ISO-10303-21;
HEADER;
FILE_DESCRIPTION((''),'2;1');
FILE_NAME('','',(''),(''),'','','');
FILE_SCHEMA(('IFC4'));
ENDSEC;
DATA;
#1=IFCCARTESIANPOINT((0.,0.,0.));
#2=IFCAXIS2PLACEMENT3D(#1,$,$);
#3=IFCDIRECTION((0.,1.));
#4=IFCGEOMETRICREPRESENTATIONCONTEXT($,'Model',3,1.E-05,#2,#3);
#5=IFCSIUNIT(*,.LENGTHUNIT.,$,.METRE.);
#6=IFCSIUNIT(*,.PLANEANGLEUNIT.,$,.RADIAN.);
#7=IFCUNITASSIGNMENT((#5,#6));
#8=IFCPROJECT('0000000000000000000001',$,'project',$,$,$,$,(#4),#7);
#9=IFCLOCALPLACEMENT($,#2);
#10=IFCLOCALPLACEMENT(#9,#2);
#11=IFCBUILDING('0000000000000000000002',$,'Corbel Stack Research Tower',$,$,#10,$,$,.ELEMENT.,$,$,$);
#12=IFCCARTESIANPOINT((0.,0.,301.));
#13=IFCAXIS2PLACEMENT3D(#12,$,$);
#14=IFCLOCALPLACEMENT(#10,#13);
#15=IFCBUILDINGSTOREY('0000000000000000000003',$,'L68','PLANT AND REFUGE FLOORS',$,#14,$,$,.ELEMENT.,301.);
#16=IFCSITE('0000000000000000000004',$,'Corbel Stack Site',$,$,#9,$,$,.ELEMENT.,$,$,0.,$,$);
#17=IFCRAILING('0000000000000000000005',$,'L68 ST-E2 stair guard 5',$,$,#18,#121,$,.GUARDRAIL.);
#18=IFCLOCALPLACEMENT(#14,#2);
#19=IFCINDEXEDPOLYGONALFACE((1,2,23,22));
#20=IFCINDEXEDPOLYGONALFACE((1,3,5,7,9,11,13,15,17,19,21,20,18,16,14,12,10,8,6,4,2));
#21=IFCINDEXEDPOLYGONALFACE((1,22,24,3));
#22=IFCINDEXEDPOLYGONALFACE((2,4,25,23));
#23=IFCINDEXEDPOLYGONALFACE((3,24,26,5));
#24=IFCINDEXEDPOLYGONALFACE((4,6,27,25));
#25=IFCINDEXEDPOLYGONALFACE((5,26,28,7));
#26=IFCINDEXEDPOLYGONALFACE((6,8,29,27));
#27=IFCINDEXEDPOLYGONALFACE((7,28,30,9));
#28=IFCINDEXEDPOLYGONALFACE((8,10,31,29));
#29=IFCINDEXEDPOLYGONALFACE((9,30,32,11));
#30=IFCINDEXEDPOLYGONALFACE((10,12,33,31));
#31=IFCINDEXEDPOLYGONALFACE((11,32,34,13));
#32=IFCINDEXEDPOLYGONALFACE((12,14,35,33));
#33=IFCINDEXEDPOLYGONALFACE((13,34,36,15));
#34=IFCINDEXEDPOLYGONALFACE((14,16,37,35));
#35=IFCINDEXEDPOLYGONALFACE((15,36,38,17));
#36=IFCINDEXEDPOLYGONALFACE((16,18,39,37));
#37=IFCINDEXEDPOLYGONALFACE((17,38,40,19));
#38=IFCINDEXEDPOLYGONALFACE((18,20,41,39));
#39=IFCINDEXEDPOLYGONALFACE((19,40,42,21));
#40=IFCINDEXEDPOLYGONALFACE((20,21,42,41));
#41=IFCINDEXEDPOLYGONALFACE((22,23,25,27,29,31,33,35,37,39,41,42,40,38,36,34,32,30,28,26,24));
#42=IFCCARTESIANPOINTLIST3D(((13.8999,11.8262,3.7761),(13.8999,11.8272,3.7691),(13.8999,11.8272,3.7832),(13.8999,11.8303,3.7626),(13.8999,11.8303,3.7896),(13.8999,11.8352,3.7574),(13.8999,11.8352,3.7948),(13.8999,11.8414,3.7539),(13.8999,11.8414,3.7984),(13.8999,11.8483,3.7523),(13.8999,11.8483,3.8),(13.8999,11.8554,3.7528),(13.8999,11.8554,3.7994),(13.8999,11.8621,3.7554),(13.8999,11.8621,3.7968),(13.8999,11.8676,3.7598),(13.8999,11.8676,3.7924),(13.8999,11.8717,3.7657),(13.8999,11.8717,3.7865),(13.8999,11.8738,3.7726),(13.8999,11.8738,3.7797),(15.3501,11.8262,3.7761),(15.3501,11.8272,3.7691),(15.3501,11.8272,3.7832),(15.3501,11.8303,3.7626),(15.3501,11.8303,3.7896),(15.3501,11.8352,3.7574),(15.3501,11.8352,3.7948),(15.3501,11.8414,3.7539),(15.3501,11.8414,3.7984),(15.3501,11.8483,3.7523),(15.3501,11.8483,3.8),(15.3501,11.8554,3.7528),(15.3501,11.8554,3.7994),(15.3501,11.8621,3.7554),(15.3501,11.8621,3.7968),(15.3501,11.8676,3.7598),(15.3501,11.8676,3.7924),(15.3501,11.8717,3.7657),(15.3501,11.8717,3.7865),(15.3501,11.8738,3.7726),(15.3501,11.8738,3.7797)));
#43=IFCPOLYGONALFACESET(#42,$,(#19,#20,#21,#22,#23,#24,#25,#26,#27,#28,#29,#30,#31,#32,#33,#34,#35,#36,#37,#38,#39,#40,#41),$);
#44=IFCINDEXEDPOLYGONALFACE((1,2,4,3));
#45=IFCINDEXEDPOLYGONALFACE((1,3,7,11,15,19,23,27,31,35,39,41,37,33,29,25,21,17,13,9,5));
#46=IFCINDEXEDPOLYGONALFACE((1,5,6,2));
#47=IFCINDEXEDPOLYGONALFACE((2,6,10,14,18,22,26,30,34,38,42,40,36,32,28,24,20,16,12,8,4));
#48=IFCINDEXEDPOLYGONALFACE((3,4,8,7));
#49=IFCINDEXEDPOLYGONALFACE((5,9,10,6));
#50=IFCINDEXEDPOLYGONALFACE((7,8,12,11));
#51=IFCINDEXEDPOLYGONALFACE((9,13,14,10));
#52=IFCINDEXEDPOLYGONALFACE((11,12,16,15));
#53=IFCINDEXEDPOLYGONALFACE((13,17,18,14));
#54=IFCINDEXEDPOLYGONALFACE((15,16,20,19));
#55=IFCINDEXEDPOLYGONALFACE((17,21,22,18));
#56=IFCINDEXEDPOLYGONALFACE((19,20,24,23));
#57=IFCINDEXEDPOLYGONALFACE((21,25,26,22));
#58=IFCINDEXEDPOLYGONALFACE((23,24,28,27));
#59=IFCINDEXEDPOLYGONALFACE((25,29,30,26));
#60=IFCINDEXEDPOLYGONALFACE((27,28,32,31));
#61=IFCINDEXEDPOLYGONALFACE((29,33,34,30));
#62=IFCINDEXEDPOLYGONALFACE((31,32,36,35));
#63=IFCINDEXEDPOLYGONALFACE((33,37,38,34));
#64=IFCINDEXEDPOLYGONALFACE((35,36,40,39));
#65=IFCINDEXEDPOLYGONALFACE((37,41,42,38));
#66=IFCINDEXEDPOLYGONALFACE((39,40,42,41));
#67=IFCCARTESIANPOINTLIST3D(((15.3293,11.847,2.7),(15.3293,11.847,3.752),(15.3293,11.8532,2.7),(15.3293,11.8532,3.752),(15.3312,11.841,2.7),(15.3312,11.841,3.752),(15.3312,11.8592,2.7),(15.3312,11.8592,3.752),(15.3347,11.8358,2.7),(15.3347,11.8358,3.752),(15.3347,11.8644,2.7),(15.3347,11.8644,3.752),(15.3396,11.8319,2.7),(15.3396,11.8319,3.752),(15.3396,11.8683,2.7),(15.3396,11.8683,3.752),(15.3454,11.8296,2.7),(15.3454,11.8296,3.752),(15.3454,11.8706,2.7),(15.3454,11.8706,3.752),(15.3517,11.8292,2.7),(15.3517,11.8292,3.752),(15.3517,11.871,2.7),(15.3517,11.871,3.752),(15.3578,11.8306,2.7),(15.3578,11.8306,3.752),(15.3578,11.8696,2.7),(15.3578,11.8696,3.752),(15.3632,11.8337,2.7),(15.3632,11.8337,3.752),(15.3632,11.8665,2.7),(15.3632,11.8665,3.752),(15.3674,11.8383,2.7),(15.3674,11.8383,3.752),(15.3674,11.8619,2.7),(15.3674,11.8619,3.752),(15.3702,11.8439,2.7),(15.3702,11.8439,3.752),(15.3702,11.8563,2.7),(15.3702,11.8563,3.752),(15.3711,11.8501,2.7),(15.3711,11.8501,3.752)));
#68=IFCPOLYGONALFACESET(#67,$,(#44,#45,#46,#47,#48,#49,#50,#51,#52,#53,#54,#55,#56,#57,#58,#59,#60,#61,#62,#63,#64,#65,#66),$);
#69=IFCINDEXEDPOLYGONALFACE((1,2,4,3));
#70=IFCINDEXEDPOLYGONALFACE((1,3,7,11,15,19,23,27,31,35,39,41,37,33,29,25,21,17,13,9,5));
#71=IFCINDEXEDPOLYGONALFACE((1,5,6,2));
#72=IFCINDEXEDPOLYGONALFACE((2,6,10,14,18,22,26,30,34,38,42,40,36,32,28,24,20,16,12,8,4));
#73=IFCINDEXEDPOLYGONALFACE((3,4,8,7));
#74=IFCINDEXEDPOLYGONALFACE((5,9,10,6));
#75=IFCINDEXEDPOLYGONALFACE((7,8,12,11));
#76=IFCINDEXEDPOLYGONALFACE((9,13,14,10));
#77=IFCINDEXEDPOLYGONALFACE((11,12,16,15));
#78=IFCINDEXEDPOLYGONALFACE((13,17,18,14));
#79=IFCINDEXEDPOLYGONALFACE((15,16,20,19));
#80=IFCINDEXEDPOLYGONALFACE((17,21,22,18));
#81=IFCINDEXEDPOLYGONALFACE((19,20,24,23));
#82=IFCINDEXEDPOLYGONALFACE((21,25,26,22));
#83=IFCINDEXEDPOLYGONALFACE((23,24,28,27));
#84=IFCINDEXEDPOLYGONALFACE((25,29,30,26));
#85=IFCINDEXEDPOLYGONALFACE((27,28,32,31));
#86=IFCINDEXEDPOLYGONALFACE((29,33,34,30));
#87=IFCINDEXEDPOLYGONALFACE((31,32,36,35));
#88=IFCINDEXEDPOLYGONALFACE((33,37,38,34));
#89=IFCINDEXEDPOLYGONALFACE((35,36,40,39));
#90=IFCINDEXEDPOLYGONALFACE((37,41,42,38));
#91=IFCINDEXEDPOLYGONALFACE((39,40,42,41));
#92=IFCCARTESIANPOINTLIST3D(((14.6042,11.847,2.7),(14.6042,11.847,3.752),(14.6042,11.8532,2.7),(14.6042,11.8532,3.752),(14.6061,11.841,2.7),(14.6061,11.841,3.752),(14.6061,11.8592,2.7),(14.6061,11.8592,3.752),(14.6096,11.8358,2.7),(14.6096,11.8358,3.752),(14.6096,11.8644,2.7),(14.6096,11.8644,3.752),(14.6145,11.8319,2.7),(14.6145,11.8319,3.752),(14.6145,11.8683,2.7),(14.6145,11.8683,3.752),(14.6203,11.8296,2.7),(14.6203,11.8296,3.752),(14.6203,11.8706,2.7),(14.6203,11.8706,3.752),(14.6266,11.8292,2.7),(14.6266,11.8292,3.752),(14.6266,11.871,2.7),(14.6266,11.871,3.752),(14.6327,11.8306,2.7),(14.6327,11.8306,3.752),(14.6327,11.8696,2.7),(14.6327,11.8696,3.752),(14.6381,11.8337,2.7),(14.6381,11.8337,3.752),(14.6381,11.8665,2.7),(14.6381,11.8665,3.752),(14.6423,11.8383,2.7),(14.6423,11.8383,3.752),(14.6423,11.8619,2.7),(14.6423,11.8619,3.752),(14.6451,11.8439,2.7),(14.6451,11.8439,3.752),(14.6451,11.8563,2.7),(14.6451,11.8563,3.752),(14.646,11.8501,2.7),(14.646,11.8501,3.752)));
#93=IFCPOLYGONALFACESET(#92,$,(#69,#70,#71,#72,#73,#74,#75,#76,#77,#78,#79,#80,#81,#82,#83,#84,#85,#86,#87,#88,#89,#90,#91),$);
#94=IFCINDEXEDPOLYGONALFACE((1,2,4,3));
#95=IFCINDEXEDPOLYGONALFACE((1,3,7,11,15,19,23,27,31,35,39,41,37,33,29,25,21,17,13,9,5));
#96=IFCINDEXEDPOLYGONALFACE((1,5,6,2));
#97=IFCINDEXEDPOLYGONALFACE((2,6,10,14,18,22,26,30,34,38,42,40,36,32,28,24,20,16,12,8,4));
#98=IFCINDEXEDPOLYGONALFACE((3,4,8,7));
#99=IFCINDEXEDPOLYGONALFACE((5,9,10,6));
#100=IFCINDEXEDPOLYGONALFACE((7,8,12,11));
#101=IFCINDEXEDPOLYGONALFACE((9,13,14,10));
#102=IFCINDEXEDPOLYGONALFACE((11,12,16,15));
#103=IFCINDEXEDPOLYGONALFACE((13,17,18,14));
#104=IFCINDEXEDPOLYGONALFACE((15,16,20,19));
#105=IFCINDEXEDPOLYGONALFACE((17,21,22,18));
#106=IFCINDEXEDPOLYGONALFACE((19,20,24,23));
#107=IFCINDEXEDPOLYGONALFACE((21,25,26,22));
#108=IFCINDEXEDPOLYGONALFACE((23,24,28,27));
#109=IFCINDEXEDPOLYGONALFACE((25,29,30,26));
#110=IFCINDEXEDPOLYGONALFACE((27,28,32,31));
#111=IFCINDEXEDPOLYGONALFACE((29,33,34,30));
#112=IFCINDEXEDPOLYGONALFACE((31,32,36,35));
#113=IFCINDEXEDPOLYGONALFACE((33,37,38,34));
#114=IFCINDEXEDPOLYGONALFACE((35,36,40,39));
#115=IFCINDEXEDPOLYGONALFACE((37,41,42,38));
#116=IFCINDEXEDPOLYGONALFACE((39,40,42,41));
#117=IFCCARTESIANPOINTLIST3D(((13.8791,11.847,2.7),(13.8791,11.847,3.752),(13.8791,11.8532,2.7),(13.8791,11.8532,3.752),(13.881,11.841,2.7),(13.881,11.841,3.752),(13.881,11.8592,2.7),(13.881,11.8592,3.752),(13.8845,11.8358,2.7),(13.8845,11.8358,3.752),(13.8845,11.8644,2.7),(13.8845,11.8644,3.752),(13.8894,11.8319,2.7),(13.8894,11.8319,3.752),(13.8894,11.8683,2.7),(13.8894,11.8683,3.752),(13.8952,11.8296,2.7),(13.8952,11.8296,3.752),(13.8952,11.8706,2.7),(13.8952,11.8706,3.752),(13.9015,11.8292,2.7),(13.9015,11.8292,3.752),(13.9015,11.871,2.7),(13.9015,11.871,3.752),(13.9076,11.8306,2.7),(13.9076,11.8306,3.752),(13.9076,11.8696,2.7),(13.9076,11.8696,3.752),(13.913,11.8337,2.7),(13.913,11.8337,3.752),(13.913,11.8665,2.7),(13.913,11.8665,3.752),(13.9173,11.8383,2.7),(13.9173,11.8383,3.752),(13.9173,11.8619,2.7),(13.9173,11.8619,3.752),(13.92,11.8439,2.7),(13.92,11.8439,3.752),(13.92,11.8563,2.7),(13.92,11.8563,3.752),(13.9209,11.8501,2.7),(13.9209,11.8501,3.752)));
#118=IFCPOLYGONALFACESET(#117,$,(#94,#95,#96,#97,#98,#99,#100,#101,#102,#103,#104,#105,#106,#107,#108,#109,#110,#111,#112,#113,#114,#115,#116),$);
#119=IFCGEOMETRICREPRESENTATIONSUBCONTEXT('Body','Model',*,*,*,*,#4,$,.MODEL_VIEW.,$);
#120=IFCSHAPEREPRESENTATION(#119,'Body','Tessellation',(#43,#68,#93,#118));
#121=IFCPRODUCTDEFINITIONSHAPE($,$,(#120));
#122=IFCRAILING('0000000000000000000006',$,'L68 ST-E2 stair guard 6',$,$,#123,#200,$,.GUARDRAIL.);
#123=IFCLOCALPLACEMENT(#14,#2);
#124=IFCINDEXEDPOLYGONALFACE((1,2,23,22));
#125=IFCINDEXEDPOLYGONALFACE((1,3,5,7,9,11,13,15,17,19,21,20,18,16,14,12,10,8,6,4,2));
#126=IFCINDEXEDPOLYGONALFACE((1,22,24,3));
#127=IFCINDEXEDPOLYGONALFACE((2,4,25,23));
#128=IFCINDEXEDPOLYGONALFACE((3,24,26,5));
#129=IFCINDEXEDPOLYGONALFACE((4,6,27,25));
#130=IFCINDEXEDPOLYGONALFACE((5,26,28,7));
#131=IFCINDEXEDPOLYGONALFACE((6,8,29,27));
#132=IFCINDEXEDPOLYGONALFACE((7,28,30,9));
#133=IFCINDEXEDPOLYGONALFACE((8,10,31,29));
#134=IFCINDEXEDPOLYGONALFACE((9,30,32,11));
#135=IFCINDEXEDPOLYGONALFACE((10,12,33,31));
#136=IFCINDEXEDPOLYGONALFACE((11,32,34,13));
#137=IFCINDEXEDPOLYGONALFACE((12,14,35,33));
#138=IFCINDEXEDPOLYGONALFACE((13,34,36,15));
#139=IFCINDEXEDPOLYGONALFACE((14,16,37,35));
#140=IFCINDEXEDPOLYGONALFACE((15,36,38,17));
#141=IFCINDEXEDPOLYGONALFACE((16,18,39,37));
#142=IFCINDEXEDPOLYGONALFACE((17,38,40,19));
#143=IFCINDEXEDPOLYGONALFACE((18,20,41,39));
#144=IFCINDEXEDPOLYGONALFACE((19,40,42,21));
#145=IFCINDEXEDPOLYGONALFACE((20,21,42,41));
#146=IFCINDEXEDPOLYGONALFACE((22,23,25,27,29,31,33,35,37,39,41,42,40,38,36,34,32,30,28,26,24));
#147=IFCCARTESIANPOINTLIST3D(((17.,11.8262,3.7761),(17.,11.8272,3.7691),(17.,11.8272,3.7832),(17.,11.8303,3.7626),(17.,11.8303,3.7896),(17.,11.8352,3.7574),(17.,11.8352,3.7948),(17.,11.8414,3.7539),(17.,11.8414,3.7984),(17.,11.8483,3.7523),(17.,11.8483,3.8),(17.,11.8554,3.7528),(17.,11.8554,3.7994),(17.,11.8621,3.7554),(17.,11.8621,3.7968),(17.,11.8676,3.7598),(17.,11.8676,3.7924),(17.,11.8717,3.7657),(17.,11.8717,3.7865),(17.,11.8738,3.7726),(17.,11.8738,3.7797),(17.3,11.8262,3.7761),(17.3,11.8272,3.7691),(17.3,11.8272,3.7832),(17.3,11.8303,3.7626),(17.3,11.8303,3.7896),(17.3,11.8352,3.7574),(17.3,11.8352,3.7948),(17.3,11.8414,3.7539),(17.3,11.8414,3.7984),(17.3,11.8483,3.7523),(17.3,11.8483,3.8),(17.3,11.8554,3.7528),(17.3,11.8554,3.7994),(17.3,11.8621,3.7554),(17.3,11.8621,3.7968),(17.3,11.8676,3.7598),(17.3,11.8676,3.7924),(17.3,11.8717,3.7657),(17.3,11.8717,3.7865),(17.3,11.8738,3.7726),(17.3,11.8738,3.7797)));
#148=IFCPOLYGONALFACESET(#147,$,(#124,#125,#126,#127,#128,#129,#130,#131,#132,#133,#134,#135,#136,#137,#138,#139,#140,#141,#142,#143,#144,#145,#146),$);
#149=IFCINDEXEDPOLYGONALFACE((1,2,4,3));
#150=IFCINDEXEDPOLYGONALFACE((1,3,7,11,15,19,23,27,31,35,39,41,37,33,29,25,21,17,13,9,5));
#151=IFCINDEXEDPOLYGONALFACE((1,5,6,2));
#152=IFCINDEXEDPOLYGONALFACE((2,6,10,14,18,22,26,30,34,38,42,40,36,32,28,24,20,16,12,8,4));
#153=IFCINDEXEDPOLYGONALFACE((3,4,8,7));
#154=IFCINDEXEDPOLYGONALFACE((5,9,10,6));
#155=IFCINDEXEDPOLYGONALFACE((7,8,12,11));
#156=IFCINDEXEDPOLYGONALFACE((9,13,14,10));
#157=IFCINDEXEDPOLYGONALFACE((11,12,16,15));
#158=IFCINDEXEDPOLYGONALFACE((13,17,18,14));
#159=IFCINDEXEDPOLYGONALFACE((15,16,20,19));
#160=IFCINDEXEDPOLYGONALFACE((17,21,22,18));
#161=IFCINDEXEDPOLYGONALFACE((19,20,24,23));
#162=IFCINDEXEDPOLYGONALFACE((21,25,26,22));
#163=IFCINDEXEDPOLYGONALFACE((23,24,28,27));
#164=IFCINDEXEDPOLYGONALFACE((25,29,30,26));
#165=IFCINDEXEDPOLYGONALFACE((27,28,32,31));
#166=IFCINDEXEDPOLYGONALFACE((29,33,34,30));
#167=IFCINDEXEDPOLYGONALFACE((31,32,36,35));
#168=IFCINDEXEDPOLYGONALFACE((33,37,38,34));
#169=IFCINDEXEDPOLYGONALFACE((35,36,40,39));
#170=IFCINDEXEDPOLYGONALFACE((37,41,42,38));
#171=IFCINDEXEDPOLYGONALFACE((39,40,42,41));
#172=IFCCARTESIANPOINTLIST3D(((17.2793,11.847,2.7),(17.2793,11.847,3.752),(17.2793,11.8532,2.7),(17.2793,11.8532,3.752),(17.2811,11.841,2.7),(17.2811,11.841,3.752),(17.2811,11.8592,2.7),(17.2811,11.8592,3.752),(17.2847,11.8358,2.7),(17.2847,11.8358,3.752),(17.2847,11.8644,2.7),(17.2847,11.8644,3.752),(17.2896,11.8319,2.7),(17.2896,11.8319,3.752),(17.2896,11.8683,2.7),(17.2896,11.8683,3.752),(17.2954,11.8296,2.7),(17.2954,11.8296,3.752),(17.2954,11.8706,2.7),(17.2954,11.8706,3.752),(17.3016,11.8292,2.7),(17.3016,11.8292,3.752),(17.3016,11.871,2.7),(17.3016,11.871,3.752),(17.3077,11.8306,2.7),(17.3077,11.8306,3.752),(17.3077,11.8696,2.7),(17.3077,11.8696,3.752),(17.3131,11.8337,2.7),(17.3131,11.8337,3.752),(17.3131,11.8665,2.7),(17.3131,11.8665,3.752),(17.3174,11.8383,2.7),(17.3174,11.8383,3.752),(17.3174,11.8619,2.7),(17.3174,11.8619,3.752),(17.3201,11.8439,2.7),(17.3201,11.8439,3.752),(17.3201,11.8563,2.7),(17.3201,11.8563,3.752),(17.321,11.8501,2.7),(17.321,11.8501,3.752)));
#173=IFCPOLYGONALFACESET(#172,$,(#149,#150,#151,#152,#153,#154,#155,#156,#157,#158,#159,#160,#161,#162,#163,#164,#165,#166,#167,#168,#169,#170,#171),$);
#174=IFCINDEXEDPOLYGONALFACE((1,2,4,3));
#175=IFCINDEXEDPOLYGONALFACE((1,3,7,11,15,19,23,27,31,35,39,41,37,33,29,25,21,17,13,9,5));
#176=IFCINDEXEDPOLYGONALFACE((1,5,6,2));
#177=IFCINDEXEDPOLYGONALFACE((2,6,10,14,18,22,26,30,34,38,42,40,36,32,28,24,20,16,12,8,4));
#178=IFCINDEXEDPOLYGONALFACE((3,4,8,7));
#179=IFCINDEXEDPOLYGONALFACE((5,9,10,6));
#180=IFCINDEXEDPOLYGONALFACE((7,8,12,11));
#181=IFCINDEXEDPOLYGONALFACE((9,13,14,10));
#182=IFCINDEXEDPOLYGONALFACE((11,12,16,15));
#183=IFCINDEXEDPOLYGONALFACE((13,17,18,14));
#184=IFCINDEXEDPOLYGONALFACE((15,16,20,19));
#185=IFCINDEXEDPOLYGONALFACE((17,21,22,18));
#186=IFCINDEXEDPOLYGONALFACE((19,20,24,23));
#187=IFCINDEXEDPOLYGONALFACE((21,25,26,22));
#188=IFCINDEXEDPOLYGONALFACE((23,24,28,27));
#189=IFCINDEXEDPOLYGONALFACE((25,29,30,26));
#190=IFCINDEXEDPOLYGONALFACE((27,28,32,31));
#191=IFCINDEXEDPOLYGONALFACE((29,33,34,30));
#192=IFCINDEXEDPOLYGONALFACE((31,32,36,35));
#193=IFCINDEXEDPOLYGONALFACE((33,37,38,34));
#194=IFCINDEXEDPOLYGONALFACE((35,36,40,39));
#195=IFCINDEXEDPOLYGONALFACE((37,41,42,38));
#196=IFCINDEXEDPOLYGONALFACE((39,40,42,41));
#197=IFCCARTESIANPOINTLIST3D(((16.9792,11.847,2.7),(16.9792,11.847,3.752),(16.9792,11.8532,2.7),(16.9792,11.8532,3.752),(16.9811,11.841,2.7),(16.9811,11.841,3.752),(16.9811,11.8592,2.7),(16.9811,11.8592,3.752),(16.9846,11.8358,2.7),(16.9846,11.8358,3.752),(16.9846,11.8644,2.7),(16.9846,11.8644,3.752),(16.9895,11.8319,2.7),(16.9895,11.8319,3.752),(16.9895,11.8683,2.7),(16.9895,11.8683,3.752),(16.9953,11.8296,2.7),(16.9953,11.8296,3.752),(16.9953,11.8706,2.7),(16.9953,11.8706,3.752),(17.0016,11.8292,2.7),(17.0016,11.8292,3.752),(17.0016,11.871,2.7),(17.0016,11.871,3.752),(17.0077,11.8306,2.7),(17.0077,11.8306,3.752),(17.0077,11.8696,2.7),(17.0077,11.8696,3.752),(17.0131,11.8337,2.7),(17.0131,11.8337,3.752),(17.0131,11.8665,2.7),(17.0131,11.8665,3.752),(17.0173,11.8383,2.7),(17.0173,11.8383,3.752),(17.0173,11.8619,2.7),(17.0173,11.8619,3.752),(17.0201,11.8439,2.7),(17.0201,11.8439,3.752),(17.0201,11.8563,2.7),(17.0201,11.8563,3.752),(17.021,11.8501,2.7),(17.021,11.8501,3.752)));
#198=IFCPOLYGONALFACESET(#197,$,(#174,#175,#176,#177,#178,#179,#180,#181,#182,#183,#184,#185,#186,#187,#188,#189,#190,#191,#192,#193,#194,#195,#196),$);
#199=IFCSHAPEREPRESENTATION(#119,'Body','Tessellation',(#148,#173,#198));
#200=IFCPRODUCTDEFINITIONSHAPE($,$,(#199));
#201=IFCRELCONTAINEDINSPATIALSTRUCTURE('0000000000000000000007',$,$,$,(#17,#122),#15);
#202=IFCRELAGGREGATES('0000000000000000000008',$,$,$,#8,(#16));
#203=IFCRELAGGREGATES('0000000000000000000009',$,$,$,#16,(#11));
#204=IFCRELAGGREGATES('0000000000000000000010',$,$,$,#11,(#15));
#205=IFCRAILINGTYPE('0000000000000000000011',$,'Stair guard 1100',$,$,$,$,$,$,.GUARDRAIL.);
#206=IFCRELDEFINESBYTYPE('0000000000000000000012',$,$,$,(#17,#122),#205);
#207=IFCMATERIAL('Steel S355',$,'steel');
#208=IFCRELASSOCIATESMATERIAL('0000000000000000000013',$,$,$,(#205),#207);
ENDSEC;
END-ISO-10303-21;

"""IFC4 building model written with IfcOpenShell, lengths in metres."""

from ifc_helpers import new_model, si_unit, direction, frame, origin, origin_2d, place, context, subcontext, project, spatial, circle, extrude, material, type_object, element, save


model = new_model("IFC4")

# Units and contexts
model_context = context("Model", 3, precision=1e-05, world=origin(), true_north=direction((0.0, 1.0)))
body_context = subcontext(model_context, "Body", "Model", "MODEL_VIEW")
ifc_project = project(units=[si_unit("LENGTHUNIT", "METRE"), si_unit("PLANEANGLEUNIT", "RADIAN")], contexts=[model_context])

# Site, building, storey
site_placement = place(None, origin())
site = spatial("IfcSite", under=ifc_project, at=site_placement, Name="Corbel Stack Site", CompositionType="ELEMENT", RefElevation=0.0)
building_placement = place(site_placement, origin())
building = spatial("IfcBuilding", under=site, at=building_placement, Name="Corbel Stack Research Tower", CompositionType="ELEMENT")
storey_placement = place(building_placement, frame((0.0, 0.0, 301.0)))
storey = spatial("IfcBuildingStorey", under=building, at=storey_placement, Name="L68", Description="PLANT AND REFUGE FLOORS", CompositionType="ELEMENT", Elevation=301.0)

# Railings
ifc_material_1 = material(Name="Steel S355", Category="steel")
railing_type_1 = type_object("IfcRailingType", Name="Stair guard 1100", PredefinedType="GUARDRAIL", material=ifc_material_1)
railing_1_placement = place(storey_placement, frame((15.3501, 11.8501, 2.7)))
element("IfcRailing", 1, at=railing_1_placement, inside=storey, type_object=railing_type_1, Name="L68 ST-E2 stair guard 5", PredefinedType="GUARDRAIL", context=body_context, shape_type="SweptSolid", body=[
    extrude(circle(Radius=0.0239, at=origin_2d()), frame((0.0, 0.0, 1.0762), z_axis=(-1.0, 0.0, 0.0), x_axis=(0.0, -1.0, 0.0)), (0.0, 0.0, 1.0), 1.4502),
    extrude(circle(Radius=0.021, at=origin_2d()), origin(), (0.0, 0.0, 1.0), 1.052),
    extrude(circle(Radius=0.021, at=origin_2d()), frame((-0.7251, 0.0, 0.0)), (0.0, 0.0, 1.0), 1.052),
    extrude(circle(Radius=0.021, at=origin_2d()), frame((-1.4502, 0.0, 0.0)), (0.0, 0.0, 1.0), 1.052),
])
railing_2_placement = place(storey_placement, frame((17.3, 11.8501, 2.7)))
element("IfcRailing", 2, at=railing_2_placement, inside=storey, type_object=railing_type_1, Name="L68 ST-E2 stair guard 6", PredefinedType="GUARDRAIL", context=body_context, shape_type="SweptSolid", body=[
    extrude(circle(Radius=0.0239, at=origin_2d()), frame((0.0, 0.0, 1.0762), z_axis=(-1.0, 0.0, 0.0), x_axis=(0.0, -1.0, 0.0)), (0.0, 0.0, 1.0), 0.3),
    extrude(circle(Radius=0.021, at=origin_2d()), origin(), (0.0, 0.0, 1.0), 1.052),
    extrude(circle(Radius=0.021, at=origin_2d()), frame((-0.3, 0.0, 0.0)), (0.0, 0.0, 1.0), 1.052),
])

save(model, "model.ifc")
